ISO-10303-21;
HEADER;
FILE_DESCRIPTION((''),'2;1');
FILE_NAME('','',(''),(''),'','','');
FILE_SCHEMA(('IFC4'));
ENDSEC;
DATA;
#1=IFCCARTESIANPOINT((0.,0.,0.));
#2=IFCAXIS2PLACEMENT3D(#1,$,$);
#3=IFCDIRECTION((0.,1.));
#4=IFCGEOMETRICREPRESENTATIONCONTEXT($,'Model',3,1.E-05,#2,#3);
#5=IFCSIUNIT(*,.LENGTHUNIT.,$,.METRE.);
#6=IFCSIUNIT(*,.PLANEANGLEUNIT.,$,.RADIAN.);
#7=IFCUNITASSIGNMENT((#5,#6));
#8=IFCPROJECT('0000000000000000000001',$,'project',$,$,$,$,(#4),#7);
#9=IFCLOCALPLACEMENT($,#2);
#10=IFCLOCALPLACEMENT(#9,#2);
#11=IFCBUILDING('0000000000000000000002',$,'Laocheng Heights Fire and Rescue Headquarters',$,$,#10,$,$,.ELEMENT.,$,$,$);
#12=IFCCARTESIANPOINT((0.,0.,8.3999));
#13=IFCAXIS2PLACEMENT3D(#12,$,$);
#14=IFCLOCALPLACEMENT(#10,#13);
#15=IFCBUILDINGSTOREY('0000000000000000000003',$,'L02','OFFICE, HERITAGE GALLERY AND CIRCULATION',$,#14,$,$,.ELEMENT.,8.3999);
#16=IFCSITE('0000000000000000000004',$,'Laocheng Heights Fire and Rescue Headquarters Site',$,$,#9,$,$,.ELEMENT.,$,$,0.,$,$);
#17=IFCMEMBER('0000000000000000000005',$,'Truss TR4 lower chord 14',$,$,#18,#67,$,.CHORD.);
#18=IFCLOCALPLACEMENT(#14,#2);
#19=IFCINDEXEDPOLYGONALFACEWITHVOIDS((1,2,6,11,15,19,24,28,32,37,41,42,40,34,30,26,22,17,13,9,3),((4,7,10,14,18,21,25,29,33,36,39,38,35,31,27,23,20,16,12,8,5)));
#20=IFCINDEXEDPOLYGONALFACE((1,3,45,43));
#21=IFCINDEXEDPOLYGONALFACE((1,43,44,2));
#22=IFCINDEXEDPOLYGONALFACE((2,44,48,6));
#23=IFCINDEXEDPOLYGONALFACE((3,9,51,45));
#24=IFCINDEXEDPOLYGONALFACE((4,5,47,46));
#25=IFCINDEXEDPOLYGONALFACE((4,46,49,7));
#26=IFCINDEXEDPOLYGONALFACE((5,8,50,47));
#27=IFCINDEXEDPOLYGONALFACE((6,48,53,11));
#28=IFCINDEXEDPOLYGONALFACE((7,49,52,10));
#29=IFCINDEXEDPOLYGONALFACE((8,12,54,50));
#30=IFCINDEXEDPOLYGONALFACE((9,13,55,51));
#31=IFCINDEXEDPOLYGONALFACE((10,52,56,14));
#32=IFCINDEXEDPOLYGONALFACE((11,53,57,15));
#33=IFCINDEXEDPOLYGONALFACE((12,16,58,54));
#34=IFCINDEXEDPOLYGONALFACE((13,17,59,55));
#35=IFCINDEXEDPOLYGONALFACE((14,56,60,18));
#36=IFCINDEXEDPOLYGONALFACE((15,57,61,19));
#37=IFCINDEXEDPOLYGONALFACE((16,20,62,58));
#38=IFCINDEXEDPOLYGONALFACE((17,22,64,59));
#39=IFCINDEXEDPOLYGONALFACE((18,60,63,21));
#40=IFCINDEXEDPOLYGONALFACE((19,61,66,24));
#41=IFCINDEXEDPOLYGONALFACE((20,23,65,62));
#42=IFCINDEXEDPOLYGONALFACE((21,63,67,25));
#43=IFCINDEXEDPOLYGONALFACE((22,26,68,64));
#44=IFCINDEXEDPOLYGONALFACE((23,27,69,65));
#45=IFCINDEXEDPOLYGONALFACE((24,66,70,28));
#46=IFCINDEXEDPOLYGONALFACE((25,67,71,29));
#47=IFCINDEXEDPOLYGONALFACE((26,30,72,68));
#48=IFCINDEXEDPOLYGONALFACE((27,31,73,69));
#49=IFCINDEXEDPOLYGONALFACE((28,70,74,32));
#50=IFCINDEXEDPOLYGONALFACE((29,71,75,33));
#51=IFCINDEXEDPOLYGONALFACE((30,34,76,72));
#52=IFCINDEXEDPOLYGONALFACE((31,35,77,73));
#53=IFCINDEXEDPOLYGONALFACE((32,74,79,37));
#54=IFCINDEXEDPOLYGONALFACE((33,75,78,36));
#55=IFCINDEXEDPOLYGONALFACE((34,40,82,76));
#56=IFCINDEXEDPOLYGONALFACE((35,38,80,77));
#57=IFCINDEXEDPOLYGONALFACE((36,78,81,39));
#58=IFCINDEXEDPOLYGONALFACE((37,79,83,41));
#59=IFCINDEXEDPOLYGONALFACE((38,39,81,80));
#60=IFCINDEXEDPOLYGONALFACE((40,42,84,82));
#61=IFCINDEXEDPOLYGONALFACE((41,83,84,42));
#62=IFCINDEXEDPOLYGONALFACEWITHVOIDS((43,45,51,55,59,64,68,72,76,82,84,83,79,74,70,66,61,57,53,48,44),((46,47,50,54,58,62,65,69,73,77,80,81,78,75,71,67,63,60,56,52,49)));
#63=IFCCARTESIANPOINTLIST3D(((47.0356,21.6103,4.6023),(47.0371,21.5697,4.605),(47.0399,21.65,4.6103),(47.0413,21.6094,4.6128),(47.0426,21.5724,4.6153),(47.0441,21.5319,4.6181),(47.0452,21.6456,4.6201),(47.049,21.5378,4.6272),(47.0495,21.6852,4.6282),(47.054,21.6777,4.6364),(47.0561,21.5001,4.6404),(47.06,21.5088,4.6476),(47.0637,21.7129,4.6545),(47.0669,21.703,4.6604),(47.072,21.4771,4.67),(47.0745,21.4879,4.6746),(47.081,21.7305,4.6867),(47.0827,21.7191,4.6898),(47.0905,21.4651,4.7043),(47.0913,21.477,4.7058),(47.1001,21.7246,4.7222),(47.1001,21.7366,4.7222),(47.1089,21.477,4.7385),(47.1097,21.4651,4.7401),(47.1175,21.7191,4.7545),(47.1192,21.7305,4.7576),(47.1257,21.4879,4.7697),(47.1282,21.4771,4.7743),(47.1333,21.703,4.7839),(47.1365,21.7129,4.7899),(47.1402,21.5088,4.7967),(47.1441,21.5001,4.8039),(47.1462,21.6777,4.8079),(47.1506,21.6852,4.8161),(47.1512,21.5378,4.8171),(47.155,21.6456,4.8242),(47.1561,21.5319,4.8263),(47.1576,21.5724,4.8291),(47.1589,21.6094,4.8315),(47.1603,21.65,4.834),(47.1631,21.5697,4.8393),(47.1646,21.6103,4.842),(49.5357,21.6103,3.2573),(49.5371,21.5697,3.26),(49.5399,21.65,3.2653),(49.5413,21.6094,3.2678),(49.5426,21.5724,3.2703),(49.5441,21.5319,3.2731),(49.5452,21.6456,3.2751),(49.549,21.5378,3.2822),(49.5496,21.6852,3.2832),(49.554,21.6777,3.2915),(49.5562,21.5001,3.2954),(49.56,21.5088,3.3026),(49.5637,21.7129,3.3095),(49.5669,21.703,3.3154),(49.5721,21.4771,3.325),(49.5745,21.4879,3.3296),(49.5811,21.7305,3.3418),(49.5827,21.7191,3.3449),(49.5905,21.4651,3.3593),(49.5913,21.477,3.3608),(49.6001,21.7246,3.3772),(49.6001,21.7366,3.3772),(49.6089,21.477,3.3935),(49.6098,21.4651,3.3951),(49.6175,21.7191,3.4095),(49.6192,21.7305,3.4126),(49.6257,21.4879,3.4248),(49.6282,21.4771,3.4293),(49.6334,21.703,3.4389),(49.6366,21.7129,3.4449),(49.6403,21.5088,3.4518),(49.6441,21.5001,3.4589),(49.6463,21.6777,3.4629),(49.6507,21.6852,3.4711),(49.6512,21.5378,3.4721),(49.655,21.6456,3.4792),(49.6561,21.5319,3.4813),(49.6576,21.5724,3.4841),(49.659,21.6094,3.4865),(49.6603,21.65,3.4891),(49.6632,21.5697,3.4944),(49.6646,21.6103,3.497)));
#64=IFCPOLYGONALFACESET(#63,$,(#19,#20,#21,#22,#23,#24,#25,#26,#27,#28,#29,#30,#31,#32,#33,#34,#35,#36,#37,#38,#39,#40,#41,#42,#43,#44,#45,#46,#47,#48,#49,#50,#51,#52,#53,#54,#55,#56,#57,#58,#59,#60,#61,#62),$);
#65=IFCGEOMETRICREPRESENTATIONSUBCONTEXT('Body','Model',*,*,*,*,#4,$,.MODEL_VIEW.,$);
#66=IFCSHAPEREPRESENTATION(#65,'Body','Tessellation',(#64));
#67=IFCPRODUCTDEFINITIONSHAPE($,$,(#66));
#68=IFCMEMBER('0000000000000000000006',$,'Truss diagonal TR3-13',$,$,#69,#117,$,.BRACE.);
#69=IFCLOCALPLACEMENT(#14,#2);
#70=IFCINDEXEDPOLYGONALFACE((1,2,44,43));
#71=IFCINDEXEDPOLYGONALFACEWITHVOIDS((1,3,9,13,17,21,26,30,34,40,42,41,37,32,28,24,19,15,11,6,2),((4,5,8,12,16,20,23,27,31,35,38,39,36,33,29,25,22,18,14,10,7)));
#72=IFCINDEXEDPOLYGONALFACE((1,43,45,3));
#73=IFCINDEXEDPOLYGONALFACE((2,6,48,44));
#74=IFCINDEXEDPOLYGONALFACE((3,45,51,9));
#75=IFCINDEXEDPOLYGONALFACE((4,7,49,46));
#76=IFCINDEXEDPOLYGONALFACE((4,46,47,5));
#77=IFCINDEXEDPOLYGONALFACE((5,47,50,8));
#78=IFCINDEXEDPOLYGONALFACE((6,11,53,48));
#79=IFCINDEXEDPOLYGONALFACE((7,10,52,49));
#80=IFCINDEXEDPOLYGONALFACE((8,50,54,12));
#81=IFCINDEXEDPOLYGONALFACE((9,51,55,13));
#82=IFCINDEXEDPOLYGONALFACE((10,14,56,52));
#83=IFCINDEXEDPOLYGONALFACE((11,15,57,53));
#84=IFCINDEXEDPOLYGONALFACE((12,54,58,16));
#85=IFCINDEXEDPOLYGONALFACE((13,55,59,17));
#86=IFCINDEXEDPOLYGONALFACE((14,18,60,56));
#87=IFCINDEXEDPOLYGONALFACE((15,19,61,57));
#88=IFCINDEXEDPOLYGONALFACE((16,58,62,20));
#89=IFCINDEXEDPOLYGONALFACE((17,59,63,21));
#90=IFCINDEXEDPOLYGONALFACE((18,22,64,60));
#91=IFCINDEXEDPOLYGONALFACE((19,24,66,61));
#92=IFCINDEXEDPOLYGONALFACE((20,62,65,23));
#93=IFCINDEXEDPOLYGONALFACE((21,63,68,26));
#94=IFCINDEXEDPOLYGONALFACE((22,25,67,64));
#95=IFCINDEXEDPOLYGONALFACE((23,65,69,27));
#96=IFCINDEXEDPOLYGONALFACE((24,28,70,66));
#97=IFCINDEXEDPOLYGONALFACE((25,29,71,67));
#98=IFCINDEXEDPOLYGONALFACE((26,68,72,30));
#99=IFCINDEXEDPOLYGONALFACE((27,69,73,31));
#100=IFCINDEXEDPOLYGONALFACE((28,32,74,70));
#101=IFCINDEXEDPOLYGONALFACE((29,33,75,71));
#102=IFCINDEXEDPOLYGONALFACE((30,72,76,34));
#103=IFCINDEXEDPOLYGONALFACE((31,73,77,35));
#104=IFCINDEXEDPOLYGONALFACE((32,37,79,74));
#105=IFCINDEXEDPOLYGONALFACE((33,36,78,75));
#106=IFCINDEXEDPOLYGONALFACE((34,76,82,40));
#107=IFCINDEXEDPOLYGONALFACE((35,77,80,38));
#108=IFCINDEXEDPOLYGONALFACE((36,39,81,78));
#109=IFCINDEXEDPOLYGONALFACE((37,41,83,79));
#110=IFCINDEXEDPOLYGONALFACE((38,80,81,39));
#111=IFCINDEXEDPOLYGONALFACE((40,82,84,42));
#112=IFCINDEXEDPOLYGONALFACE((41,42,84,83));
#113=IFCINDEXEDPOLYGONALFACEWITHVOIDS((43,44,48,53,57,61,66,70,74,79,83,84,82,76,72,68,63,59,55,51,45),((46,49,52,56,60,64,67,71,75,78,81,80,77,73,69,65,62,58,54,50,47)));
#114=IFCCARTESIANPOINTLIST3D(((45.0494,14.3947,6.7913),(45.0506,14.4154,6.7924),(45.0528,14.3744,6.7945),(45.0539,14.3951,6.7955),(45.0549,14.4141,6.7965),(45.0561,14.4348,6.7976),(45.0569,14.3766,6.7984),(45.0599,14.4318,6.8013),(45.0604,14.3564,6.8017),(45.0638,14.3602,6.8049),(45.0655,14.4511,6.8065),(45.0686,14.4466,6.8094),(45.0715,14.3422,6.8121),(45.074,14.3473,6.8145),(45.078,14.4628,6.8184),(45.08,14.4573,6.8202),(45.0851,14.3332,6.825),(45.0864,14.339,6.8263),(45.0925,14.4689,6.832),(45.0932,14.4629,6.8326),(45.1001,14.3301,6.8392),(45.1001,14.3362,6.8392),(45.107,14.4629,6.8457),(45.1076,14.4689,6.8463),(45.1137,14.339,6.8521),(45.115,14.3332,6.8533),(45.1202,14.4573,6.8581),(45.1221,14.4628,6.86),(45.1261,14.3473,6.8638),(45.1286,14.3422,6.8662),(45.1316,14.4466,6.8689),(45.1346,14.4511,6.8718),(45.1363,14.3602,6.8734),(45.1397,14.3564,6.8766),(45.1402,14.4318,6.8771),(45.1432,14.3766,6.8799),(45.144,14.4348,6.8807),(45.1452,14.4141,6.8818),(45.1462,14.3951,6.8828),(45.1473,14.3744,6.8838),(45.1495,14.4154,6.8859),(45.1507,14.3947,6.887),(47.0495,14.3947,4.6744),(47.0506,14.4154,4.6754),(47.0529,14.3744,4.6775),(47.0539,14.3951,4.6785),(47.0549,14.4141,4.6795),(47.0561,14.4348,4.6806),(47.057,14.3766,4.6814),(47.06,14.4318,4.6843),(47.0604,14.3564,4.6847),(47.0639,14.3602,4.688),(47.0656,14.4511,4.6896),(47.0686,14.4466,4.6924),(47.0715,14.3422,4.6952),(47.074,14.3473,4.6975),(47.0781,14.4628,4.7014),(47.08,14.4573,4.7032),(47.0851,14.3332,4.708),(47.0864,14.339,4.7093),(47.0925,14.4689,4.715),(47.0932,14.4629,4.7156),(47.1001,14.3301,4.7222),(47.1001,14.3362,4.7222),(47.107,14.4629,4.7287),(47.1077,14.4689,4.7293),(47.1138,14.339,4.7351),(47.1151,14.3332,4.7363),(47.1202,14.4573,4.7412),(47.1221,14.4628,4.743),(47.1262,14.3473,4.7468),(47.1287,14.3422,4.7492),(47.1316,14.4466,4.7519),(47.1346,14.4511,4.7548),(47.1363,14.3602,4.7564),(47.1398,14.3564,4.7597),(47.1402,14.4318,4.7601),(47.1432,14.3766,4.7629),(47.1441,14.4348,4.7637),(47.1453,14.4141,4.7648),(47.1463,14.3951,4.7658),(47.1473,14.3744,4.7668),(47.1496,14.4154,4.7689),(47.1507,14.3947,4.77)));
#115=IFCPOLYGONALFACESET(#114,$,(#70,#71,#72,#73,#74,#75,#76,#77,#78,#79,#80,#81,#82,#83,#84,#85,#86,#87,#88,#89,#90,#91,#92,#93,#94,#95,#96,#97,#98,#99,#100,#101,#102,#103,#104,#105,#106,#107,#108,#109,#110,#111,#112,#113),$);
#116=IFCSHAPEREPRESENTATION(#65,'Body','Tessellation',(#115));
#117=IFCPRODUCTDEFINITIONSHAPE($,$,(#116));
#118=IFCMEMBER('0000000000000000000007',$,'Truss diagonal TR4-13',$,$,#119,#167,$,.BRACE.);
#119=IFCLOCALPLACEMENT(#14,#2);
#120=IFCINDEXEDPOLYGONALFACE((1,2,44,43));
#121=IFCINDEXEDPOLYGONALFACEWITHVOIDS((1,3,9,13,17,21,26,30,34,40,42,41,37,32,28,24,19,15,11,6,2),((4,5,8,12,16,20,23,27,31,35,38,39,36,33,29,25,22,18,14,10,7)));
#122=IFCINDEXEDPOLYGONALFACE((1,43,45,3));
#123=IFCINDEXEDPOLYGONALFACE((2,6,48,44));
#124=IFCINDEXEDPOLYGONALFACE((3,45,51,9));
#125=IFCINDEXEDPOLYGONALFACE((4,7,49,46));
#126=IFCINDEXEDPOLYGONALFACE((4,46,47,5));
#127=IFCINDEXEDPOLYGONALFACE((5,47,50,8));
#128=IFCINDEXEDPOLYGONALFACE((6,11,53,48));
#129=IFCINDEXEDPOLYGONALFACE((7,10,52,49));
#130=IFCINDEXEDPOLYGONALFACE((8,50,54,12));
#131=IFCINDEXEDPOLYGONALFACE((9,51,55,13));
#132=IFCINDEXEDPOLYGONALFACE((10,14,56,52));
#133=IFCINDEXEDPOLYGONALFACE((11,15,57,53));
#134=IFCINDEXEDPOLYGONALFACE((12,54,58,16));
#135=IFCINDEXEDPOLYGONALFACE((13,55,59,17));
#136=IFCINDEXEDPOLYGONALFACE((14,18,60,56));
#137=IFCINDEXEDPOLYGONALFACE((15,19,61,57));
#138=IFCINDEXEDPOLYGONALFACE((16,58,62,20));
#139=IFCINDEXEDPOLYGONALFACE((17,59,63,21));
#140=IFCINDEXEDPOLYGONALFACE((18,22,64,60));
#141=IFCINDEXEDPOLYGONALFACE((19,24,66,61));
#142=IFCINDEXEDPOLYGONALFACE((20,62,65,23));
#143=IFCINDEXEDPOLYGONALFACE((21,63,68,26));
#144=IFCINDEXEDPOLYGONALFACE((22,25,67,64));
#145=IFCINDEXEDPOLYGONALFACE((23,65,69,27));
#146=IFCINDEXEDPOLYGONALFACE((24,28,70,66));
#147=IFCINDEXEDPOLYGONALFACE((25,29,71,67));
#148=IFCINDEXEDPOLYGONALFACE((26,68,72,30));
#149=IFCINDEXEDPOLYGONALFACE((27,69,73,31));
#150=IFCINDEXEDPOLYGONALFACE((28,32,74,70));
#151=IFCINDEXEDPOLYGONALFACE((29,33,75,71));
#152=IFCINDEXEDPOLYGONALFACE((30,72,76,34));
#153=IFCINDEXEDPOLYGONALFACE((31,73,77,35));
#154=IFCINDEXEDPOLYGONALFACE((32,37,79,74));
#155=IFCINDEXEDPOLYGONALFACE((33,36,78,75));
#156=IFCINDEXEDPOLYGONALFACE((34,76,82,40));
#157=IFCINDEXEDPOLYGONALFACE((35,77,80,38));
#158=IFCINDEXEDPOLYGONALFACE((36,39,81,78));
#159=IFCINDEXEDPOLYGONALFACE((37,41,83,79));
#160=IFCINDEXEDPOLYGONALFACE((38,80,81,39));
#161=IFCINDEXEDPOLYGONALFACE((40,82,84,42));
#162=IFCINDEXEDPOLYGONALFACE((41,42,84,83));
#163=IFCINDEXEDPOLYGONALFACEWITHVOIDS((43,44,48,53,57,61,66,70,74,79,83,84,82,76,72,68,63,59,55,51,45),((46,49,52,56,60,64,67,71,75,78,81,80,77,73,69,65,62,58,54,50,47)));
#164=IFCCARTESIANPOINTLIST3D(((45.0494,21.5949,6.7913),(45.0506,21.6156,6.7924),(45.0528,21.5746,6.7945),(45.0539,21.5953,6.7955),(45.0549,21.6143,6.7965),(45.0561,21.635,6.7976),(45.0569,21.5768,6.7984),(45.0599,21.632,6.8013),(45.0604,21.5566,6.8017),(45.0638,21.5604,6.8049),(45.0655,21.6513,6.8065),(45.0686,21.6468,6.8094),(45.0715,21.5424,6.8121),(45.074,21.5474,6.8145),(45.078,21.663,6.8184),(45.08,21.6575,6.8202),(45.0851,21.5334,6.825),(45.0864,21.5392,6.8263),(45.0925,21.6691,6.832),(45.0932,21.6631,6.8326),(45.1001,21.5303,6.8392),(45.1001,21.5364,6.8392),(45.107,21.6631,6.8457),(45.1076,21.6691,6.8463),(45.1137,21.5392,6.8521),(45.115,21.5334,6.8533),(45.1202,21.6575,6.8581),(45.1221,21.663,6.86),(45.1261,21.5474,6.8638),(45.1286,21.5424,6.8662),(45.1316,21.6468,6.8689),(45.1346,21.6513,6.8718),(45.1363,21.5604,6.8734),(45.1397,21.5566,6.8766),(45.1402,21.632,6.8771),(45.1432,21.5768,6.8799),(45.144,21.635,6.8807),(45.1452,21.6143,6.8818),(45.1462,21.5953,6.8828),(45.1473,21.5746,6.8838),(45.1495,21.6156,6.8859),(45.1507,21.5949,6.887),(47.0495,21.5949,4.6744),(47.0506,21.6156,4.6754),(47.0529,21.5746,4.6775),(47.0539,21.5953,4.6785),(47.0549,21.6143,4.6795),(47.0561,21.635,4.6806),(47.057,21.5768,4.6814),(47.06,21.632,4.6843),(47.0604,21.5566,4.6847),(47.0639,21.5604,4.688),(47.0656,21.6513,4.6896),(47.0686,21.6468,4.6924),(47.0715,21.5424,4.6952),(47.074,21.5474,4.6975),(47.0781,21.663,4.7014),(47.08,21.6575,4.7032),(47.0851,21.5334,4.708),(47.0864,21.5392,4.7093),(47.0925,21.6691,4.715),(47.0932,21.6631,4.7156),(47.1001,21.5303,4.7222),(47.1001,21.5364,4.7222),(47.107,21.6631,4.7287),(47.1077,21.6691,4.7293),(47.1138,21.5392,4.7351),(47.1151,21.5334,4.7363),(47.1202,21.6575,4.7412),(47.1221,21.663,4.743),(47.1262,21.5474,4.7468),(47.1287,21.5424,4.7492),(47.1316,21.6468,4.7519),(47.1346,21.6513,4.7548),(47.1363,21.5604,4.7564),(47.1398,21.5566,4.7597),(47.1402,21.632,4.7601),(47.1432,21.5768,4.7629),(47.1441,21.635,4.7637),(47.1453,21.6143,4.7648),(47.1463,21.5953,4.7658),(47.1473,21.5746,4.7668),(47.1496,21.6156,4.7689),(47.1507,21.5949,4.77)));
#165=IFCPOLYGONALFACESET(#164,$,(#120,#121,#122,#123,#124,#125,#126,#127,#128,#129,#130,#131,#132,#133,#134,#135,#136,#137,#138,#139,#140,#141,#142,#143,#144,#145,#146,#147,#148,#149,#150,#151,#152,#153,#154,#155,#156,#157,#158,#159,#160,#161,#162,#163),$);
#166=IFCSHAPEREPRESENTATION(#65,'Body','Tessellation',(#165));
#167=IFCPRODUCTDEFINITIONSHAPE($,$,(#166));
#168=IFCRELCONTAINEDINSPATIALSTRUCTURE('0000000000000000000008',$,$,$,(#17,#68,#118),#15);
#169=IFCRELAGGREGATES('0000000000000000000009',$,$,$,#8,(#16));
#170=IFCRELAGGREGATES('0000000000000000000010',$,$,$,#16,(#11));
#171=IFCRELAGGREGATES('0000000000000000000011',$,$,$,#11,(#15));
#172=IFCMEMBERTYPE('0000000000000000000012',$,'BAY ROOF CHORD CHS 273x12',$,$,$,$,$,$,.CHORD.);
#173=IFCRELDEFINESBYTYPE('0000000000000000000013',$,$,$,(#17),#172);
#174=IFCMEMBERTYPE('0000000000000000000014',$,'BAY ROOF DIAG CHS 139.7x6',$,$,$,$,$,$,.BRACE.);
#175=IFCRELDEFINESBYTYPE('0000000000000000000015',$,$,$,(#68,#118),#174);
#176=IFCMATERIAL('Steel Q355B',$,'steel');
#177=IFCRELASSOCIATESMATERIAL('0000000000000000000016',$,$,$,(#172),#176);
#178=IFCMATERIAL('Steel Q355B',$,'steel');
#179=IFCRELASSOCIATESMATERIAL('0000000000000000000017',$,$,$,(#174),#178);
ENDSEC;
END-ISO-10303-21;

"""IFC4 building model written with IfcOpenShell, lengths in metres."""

from ifc_helpers import new_model, si_unit, direction, frame, origin, origin_2d, place, context, subcontext, project, spatial, hollow_circle, extrude, material, material_profile, profile_set, type_object, element, save


model = new_model("IFC4")

# Units and contexts
model_context = context("Model", 3, precision=1e-05, world=origin(), true_north=direction((0.0, 1.0)))
body_context = subcontext(model_context, "Body", "Model", "MODEL_VIEW")
ifc_project = project(units=[si_unit("LENGTHUNIT", "METRE"), si_unit("PLANEANGLEUNIT", "RADIAN")], contexts=[model_context])

# Site, building, storey
site_placement = place(None, origin())
site = spatial("IfcSite", under=ifc_project, at=site_placement, Name="Laocheng Heights Fire and Rescue Headquarters Site", CompositionType="ELEMENT", RefElevation=0.0)
building_placement = place(site_placement, origin())
building = spatial("IfcBuilding", under=site, at=building_placement, Name="Laocheng Heights Fire and Rescue Headquarters", CompositionType="ELEMENT")
storey_placement = place(building_placement, frame((0.0, 0.0, 8.3999)))
storey = spatial("IfcBuildingStorey", under=building, at=storey_placement, Name="L02", Description="OFFICE, HERITAGE GALLERY AND CIRCULATION", CompositionType="ELEMENT", Elevation=8.3999)

# Members
ifc_material_1 = material(Name="Steel Q355B", Category="steel")
ifc_material_profile_1 = material_profile(ifc_material_1, hollow_circle(Radius=0.1365, WallThickness=0.012, at=origin_2d()), Name="CHS 273x12")
ifc_profile_set_1 = profile_set([ifc_material_profile_1], Name="Steel Q355B")
member_type_1 = type_object("IfcMemberType", Name="BAY ROOF CHORD CHS 273x12", PredefinedType="CHORD", material=ifc_profile_set_1)
member_1_placement = place(storey_placement, frame((47.1001, 21.6001, 4.7222), z_axis=(0.880645, 0.0, -0.473777), x_axis=(0.0, 1.0, 0.0)))
element("IfcMember", 1, at=member_1_placement, inside=storey, type_object=member_type_1, Name="Truss TR4 lower chord 14", PredefinedType="CHORD", context=body_context, shape_type="SweptSolid", body=[
    extrude(hollow_circle(Radius=0.1365, WallThickness=0.012, at=origin_2d()), origin(), (0.0, 0.0, 1.0), 2.8389),
])
ifc_material_2 = material(Name="Steel Q355B", Category="steel")
ifc_material_profile_2 = material_profile(ifc_material_2, hollow_circle(Radius=0.0698, WallThickness=0.0061, at=origin_2d()), Name="CHS 139.7x6")
ifc_profile_set_2 = profile_set([ifc_material_profile_2], Name="Steel Q355B")
member_type_2 = type_object("IfcMemberType", Name="BAY ROOF DIAG CHS 139.7x6", PredefinedType="BRACE", material=ifc_profile_set_2)
for number, where, z_axis, x_axis, name in (
    (2, (47.1001, 14.3999, 4.7222), (-0.686744, 0.0, 0.726899), (0.0, -1.0, 0.0), "Truss diagonal TR3-13"),
    (3, (47.1001, 21.6001, 4.7222), (-0.686744, 0.0, 0.726899), (0.0, -1.0, 0.0), "Truss diagonal TR4-13"),
):
    element("IfcMember", number, at=place(storey_placement, frame(where, z_axis=z_axis, x_axis=x_axis)), inside=storey, type_object=member_type_2, Name=name, PredefinedType="BRACE", context=body_context, shape_type="SweptSolid", body=[
        extrude(hollow_circle(Radius=0.0698, WallThickness=0.0061, at=origin_2d()), origin(), (0.0, 0.0, 1.0), 2.9124),
    ])

save(model, "model.ifc")
